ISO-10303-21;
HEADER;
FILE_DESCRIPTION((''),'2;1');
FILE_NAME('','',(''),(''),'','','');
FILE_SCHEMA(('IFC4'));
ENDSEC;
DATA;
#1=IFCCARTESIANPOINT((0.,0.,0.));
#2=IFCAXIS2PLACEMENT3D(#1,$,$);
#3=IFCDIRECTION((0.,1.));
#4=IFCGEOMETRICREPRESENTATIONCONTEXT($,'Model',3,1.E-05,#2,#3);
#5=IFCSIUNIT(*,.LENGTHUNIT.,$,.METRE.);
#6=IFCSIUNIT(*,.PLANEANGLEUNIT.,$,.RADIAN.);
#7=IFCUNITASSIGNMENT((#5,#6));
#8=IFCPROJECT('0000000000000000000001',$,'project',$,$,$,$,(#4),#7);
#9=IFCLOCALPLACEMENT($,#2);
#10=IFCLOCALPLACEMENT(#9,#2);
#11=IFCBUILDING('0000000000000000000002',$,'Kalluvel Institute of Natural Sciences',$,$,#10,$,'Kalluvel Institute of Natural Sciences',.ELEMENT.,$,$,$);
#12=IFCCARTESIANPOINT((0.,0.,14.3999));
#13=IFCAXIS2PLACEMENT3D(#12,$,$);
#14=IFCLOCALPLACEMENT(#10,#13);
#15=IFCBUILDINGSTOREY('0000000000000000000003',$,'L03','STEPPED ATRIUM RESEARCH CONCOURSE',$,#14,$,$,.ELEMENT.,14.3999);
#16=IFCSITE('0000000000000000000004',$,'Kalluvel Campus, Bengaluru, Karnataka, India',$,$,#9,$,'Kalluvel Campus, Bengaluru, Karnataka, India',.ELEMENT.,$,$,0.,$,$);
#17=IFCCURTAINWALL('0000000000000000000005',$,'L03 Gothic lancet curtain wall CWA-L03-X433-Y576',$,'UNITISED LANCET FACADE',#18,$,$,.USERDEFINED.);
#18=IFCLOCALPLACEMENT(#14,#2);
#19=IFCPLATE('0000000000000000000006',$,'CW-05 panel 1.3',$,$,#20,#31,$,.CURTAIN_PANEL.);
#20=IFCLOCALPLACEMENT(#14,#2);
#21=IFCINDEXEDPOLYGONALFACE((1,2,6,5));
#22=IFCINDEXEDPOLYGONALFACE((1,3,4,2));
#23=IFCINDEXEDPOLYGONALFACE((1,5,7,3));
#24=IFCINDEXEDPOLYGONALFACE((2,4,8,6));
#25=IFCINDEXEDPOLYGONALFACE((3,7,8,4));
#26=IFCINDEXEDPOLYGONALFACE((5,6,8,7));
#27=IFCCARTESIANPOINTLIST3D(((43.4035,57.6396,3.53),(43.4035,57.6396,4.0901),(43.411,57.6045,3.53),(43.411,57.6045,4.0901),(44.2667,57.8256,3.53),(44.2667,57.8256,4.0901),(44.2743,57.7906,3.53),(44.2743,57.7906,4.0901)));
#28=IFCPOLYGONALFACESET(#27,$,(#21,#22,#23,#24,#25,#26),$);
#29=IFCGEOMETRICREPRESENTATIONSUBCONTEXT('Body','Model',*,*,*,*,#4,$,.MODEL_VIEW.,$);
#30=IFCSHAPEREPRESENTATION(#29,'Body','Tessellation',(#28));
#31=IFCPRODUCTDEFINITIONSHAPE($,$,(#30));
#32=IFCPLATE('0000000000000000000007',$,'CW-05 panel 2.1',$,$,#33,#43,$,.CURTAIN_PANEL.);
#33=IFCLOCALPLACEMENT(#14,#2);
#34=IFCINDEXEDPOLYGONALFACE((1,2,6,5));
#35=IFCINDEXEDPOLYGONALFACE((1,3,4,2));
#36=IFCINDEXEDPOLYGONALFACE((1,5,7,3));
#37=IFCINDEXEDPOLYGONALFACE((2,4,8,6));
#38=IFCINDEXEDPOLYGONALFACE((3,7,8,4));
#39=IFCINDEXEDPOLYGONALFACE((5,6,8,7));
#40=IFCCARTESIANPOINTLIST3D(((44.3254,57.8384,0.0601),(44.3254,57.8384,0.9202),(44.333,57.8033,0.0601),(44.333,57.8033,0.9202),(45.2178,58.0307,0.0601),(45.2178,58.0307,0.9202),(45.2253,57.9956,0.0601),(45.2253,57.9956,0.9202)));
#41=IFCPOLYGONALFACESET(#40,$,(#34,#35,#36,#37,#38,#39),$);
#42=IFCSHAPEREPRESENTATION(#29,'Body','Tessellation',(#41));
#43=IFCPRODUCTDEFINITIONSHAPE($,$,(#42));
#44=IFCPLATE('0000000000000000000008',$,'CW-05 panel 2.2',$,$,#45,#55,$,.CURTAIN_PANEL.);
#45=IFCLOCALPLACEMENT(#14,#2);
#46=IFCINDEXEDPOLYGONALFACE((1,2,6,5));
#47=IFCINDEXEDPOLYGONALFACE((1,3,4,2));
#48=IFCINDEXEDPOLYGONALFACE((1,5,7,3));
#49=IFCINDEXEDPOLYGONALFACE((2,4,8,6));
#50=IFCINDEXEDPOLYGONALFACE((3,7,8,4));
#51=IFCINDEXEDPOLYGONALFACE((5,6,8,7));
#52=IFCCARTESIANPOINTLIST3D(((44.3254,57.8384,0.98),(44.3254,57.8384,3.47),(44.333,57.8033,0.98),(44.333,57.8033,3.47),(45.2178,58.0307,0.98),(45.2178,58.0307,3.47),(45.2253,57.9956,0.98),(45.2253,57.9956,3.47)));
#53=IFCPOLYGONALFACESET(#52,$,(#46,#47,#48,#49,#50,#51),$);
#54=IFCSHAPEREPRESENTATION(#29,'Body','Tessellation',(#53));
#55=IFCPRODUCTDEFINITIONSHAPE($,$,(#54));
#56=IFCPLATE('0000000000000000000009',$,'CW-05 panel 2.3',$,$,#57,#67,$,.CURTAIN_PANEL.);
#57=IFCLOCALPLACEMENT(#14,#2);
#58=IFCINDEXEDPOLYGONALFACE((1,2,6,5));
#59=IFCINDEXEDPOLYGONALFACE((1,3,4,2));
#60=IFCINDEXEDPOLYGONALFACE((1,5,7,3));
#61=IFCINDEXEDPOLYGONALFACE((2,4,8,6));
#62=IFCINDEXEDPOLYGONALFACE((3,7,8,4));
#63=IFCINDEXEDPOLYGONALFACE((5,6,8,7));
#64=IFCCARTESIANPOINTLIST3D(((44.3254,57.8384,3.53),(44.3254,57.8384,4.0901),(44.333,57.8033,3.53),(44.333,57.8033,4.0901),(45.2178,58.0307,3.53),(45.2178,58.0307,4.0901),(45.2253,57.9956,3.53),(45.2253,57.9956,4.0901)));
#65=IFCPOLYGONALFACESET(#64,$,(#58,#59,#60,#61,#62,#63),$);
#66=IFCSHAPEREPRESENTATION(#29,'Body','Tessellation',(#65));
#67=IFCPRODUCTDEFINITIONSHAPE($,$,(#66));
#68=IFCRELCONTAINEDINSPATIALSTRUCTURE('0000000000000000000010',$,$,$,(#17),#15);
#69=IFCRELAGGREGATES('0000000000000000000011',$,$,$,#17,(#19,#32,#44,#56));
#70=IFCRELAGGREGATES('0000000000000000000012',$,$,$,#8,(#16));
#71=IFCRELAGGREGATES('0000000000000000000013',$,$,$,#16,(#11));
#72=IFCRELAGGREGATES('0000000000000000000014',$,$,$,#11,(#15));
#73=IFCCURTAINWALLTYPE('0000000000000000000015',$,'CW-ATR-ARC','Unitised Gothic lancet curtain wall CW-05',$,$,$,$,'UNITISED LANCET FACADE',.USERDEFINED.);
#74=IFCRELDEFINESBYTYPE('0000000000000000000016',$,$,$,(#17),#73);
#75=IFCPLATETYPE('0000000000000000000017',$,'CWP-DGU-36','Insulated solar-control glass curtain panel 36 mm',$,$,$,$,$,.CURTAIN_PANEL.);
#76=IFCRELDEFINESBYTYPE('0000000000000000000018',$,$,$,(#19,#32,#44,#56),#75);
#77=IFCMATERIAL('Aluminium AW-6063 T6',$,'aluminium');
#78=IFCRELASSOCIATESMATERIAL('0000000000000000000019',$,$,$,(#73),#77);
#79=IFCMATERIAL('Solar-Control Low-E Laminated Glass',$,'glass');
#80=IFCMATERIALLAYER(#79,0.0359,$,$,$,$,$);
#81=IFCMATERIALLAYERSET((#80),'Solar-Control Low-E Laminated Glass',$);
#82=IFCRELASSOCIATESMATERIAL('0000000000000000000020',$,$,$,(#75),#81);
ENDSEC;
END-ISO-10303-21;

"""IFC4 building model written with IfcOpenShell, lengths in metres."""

from ifc_helpers import new_model, si_unit, direction, frame, origin, origin_2d, place, context, subcontext, project, spatial, rectangle, extrude, material, layer, layer_set, type_object, element, aggregate, save


model = new_model("IFC4")

# Units and contexts
model_context = context("Model", 3, precision=1e-05, world=origin(), true_north=direction((0.0, 1.0)))
body_context = subcontext(model_context, "Body", "Model", "MODEL_VIEW")
ifc_project = project(units=[si_unit("LENGTHUNIT", "METRE"), si_unit("PLANEANGLEUNIT", "RADIAN")], contexts=[model_context])

# Site, building, storey
site_placement = place(None, origin())
site = spatial("IfcSite", under=ifc_project, at=site_placement, Name="Kalluvel Campus, Bengaluru, Karnataka, India", LongName="Kalluvel Campus, Bengaluru, Karnataka, India", CompositionType="ELEMENT", RefElevation=0.0)
building_placement = place(site_placement, origin())
building = spatial("IfcBuilding", under=site, at=building_placement, Name="Kalluvel Institute of Natural Sciences", LongName="Kalluvel Institute of Natural Sciences", CompositionType="ELEMENT")
storey_placement = place(building_placement, frame((0.0, 0.0, 14.3999)))
storey = spatial("IfcBuildingStorey", under=building, at=storey_placement, Name="L03", Description="STEPPED ATRIUM RESEARCH CONCOURSE", CompositionType="ELEMENT", Elevation=14.3999)

# Curtain wall
ifc_material_1 = material(Name="Aluminium AW-6063 T6", Category="aluminium")
curtain_wall_type = type_object("IfcCurtainWallType", Name="CW-ATR-ARC", Description="Unitised Gothic lancet curtain wall CW-05", ElementType="UNITISED LANCET FACADE", PredefinedType="USERDEFINED", material=ifc_material_1)
curtain_wall_1_placement = place(storey_placement, origin())
curtain_wall_1 = element("IfcCurtainWall", 1, at=curtain_wall_1_placement, inside=storey, type_object=curtain_wall_type, Name="L03 Gothic lancet curtain wall CWA-L03-X433-Y576", ObjectType="UNITISED LANCET FACADE", PredefinedType="USERDEFINED")

# Plates
ifc_material_2 = material(Name="Solar-Control Low-E Laminated Glass", Category="glass")
ifc_layer = layer(ifc_material_2, 0.0359)
ifc_layer_set = layer_set([ifc_layer], Name="Solar-Control Low-E Laminated Glass")
plate_type = type_object("IfcPlateType", Name="CWP-DGU-36", Description="Insulated solar-control glass curtain panel 36 mm", PredefinedType="CURTAIN_PANEL", material=ifc_layer_set)
plate_1_placement = place(storey_placement, frame((43.8389, 57.7151, 3.53), z_axis=(0.0, 0.0, 1.0), x_axis=(0.977557, 0.210671, 0.0)))
plate_1 = element("IfcPlate", 2, at=plate_1_placement, type_object=plate_type, Name="CW-05 panel 1.3", PredefinedType="CURTAIN_PANEL", context=body_context, shape_type="SweptSolid", body=[
    extrude(rectangle(XDim=0.8831, YDim=0.0359, at=origin_2d()), origin(), (0.0, 0.0, 1.0), 0.5601),
])
plate_2_placement = place(storey_placement, frame((44.7754, 57.917, 0.0601), z_axis=(0.0, 0.0, 1.0), x_axis=(0.977557, 0.210671, 0.0)))
plate_2 = element("IfcPlate", 3, at=plate_2_placement, type_object=plate_type, Name="CW-05 panel 2.1", PredefinedType="CURTAIN_PANEL", context=body_context, shape_type="SweptSolid", body=[
    extrude(rectangle(XDim=0.9128, YDim=0.0359, at=origin_2d()), origin(), (0.0, 0.0, 1.0), 0.8601),
])
plate_3_placement = place(storey_placement, frame((44.7754, 57.917, 0.98), z_axis=(0.0, 0.0, 1.0), x_axis=(0.977557, 0.210671, 0.0)))
plate_3 = element("IfcPlate", 4, at=plate_3_placement, type_object=plate_type, Name="CW-05 panel 2.2", PredefinedType="CURTAIN_PANEL", context=body_context, shape_type="SweptSolid", body=[
    extrude(rectangle(XDim=0.9128, YDim=0.0359, at=origin_2d()), origin(), (0.0, 0.0, 1.0), 2.49),
])
plate_4_placement = place(storey_placement, frame((44.7754, 57.917, 3.53), z_axis=(0.0, 0.0, 1.0), x_axis=(0.977557, 0.210671, 0.0)))
plate_4 = element("IfcPlate", 5, at=plate_4_placement, type_object=plate_type, Name="CW-05 panel 2.3", PredefinedType="CURTAIN_PANEL", context=body_context, shape_type="SweptSolid", body=[
    extrude(rectangle(XDim=0.9128, YDim=0.0359, at=origin_2d()), origin(), (0.0, 0.0, 1.0), 0.5601),
])
aggregate(curtain_wall_1, [plate_1, plate_2, plate_3, plate_4])

save(model, "model.ifc")
